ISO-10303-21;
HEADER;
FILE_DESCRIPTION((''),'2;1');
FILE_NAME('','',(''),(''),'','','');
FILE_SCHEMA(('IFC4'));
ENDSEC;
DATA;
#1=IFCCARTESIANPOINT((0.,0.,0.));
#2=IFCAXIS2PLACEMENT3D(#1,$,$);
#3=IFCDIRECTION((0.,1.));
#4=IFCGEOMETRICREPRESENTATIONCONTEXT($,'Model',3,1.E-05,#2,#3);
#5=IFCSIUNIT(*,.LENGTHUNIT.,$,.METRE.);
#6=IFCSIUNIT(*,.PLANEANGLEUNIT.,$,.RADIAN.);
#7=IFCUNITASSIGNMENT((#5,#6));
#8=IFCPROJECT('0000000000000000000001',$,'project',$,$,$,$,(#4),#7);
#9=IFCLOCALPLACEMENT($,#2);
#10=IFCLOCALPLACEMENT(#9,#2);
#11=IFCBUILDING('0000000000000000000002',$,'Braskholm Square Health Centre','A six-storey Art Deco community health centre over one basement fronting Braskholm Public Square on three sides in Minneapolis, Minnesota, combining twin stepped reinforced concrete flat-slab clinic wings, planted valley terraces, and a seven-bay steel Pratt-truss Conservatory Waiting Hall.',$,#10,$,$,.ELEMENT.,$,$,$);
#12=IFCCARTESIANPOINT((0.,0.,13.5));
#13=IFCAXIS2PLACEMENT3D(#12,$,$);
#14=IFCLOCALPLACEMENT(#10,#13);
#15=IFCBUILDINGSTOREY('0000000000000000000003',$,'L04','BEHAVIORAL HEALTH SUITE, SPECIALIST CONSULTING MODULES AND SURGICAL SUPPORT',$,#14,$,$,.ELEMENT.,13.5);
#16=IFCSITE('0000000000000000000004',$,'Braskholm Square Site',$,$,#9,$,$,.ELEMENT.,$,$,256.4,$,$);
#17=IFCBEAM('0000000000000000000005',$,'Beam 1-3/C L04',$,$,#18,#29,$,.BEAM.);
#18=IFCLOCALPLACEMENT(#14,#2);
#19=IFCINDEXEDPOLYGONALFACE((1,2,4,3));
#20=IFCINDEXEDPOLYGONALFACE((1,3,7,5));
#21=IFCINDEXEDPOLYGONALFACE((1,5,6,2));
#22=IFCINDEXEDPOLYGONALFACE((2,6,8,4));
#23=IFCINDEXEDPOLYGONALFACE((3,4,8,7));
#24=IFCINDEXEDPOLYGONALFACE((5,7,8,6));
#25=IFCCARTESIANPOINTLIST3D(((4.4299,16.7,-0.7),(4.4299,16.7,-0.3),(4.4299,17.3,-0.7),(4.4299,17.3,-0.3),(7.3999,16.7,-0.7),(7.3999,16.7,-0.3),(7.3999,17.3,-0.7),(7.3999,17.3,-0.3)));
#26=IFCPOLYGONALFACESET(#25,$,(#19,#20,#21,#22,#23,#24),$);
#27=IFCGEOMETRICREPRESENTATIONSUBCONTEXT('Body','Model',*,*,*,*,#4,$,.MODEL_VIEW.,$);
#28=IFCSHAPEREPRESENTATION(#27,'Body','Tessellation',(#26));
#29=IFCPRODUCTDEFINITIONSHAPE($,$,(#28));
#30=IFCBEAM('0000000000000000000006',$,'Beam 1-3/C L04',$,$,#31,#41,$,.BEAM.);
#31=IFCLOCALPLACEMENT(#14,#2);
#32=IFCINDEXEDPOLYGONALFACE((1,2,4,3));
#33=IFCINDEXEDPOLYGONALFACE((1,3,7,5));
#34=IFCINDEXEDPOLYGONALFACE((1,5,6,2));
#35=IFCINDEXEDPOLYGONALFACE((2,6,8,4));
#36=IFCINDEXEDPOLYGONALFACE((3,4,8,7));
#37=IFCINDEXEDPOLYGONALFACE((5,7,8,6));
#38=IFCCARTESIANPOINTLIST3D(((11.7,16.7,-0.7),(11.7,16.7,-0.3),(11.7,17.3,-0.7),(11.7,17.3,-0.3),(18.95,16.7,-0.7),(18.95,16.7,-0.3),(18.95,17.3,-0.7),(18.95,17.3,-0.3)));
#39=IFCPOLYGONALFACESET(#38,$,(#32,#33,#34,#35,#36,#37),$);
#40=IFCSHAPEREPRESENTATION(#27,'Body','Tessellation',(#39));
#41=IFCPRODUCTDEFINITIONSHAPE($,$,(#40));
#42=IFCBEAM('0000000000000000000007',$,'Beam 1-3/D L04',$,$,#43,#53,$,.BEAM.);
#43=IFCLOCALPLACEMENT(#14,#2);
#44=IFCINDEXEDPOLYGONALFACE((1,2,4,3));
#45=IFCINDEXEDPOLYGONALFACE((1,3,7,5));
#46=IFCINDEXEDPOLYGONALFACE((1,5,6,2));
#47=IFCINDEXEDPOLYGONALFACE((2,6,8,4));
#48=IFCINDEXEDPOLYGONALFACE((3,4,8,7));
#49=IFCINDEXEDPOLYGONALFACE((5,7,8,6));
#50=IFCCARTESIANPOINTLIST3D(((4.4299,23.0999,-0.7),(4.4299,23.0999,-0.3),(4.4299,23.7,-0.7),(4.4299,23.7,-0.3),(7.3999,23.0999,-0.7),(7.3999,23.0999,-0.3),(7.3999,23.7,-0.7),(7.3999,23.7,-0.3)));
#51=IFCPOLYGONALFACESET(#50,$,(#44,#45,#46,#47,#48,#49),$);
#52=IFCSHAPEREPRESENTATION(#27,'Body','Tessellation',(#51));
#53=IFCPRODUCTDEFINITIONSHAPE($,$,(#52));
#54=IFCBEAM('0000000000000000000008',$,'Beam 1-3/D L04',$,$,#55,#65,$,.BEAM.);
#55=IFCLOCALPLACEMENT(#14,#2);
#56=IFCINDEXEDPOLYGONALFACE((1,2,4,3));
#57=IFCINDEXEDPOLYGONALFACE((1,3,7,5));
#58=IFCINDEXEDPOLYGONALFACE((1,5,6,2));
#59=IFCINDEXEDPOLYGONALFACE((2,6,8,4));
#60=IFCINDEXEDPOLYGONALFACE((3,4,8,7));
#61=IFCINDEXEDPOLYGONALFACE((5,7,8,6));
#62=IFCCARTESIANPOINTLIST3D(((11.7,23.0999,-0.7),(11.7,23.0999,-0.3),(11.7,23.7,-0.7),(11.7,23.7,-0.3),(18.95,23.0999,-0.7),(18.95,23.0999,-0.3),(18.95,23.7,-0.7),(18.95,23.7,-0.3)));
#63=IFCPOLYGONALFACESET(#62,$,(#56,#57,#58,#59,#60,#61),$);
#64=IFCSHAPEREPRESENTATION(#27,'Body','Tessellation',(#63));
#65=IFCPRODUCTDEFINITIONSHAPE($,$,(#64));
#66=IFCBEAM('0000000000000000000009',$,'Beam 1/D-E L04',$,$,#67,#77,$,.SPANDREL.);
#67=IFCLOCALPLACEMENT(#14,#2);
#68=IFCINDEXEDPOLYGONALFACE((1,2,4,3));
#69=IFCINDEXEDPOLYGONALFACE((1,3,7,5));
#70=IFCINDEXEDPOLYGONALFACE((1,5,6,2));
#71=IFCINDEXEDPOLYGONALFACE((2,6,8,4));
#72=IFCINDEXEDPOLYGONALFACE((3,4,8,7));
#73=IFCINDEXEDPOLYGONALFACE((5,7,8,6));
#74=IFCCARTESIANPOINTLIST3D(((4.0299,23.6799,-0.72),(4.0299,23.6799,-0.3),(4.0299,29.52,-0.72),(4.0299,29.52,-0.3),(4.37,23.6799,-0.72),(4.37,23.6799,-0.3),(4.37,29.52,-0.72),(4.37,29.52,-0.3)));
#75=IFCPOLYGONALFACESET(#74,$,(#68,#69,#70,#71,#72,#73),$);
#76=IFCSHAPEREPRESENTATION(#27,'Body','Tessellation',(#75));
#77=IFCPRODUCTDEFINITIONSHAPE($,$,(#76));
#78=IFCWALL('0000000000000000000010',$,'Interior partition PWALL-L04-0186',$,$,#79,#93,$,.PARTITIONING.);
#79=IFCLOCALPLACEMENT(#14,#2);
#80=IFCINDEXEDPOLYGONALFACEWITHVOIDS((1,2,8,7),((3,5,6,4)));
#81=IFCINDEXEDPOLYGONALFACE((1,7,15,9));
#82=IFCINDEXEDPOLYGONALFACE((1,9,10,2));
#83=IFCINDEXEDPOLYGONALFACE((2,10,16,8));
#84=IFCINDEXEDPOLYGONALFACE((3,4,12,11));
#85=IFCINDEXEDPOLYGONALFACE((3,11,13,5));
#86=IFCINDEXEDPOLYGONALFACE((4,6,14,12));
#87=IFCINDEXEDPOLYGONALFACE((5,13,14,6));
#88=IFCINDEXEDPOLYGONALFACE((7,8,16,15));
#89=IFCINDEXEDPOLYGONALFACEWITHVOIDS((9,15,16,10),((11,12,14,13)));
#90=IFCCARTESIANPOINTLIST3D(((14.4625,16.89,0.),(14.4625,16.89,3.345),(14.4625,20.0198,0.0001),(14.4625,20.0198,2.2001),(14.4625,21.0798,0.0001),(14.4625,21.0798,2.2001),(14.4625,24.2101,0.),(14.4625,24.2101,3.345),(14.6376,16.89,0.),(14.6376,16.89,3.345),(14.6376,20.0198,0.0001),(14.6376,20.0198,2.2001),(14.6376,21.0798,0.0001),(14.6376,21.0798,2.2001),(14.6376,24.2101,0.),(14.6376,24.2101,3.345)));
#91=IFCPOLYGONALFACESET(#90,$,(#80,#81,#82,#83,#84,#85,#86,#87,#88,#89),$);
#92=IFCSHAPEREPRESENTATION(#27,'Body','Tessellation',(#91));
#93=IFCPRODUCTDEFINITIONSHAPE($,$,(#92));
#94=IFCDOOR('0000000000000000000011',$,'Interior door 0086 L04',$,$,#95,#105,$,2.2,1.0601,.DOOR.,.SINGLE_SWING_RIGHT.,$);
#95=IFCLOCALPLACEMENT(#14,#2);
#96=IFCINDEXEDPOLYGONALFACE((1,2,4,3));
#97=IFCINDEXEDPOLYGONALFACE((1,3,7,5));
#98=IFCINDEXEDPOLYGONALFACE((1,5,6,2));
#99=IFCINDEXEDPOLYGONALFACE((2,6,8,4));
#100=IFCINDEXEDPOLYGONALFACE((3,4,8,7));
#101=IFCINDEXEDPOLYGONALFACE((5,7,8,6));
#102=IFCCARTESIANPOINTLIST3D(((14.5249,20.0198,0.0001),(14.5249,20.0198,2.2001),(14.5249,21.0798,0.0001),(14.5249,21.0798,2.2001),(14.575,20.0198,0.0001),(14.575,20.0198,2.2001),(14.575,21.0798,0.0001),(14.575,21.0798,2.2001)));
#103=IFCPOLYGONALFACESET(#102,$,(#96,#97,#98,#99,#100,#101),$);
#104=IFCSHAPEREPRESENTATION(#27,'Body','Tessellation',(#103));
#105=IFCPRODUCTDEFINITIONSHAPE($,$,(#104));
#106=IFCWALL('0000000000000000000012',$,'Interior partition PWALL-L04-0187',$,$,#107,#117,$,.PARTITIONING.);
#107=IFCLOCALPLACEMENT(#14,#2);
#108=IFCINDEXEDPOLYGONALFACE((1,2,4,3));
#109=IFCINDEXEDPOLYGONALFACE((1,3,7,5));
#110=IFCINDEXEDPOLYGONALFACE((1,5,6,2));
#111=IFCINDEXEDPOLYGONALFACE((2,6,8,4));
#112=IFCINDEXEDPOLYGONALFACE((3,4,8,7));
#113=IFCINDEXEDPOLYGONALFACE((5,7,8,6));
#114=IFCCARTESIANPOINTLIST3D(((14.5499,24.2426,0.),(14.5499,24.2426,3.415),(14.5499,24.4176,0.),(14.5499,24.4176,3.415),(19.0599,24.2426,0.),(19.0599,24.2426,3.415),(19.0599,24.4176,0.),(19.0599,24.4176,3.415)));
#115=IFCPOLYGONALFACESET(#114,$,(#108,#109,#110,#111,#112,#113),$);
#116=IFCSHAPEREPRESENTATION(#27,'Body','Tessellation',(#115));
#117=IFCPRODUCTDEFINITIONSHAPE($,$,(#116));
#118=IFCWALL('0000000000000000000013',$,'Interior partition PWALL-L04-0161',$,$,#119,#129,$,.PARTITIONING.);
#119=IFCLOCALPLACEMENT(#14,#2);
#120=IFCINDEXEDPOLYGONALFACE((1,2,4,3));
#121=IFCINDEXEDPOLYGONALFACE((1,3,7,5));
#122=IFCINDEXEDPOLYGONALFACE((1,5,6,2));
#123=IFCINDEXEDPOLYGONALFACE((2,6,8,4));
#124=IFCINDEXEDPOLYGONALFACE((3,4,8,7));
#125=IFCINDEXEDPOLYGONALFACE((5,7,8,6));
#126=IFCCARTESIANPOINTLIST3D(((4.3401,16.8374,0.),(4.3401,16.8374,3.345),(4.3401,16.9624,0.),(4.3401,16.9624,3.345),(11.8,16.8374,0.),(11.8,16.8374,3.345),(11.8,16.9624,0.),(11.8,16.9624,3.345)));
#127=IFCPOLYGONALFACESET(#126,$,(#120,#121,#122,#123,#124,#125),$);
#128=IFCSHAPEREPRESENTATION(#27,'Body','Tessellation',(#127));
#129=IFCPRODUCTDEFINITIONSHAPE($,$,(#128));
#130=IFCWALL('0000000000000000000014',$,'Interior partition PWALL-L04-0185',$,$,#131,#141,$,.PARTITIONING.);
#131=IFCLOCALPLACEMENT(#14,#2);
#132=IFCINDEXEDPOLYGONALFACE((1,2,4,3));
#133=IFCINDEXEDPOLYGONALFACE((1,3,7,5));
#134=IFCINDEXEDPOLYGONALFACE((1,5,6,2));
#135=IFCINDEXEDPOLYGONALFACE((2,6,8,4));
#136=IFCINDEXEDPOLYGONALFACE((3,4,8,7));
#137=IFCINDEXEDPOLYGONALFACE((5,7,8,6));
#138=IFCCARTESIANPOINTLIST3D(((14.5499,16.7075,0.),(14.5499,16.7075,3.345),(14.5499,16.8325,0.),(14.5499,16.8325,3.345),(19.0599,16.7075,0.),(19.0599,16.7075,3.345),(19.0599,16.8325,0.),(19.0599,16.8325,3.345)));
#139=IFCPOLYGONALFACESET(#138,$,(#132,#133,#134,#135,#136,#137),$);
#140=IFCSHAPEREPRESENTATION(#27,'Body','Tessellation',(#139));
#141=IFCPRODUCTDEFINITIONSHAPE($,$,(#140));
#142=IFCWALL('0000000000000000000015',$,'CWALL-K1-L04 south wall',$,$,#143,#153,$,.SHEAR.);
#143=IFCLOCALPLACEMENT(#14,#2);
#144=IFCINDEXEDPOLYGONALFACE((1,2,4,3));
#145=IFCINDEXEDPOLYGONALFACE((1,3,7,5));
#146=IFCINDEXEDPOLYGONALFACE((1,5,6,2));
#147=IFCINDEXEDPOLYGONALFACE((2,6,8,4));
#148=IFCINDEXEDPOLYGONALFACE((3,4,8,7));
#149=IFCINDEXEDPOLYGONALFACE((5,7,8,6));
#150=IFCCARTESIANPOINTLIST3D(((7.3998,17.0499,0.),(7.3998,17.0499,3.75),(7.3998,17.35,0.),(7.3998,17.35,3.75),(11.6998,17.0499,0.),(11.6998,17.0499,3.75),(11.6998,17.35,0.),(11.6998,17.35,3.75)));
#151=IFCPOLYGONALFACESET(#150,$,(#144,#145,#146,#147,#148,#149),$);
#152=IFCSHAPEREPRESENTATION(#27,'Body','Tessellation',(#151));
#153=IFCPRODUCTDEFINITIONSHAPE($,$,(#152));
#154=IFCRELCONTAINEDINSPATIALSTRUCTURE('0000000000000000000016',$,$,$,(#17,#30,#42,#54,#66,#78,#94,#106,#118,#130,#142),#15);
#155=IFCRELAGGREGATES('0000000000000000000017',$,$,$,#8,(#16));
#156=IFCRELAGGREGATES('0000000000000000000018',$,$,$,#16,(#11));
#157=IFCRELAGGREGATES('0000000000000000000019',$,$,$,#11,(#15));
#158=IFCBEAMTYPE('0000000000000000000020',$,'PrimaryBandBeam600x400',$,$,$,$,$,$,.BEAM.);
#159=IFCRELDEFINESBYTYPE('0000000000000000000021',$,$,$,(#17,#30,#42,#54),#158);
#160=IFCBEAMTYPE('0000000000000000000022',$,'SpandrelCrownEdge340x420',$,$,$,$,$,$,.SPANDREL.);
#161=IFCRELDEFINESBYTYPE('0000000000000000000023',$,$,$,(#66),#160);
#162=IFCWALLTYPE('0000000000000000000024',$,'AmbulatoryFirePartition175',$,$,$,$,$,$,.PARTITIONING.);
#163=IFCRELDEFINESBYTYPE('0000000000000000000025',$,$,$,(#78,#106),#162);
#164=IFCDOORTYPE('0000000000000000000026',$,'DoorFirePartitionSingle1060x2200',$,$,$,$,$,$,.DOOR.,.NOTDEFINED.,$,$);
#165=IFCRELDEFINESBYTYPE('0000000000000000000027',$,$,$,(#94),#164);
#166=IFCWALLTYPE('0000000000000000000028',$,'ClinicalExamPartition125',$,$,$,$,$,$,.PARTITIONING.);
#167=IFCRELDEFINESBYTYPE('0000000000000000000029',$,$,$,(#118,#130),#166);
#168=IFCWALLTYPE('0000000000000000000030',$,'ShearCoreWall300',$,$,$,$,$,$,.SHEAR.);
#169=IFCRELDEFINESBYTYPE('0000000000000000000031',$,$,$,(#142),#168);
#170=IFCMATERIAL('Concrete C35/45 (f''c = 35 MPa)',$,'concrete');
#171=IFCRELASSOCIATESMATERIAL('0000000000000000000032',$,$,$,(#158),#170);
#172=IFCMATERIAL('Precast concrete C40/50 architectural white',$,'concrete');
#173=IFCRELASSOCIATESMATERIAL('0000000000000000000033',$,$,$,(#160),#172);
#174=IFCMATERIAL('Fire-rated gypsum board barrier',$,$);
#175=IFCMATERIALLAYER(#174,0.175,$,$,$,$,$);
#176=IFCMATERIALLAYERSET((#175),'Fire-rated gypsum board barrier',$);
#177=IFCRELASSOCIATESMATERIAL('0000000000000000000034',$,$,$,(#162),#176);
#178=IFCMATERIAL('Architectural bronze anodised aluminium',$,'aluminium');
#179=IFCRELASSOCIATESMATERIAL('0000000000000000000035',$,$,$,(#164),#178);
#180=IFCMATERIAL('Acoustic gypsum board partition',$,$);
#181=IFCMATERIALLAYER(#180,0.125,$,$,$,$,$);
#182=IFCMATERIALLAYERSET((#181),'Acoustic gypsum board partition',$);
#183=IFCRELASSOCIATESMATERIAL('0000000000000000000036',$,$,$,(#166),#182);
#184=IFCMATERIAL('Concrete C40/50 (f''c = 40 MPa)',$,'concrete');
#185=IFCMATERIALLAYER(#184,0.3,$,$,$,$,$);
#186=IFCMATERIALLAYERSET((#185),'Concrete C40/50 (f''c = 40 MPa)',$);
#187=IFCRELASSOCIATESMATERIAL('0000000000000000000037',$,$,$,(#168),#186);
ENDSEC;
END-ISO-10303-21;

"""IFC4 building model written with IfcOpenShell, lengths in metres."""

from ifc_helpers import new_model, si_unit, direction, frame, frame_2d, origin, origin_2d, place, context, subcontext, project, spatial, rectangle, extrude, material, layer, layer_set, material_profile, profile_set, type_object, element, fill, save


model = new_model("IFC4")

# Units and contexts
model_context = context("Model", 3, precision=1e-05, world=origin(), true_north=direction((0.0, 1.0)))
body_context = subcontext(model_context, "Body", "Model", "MODEL_VIEW")
ifc_project = project(units=[si_unit("LENGTHUNIT", "METRE"), si_unit("PLANEANGLEUNIT", "RADIAN")], contexts=[model_context])

# Site, building, storey
site_placement = place(None, origin())
site = spatial("IfcSite", under=ifc_project, at=site_placement, Name="Braskholm Square Site", CompositionType="ELEMENT", RefElevation=256.4)
building_placement = place(site_placement, origin())
building = spatial("IfcBuilding", under=site, at=building_placement, Name="Braskholm Square Health Centre", Description="A six-storey Art Deco community health centre over one basement fronting Braskholm Public Square on three sides in Minneapolis, Minnesota, combining twin stepped reinforced concrete flat-slab clinic wings, planted valley terraces, and a seven-bay steel Pratt-truss Conservatory Waiting Hall.", CompositionType="ELEMENT")
storey_placement = place(building_placement, frame((0.0, 0.0, 13.5)))
storey = spatial("IfcBuildingStorey", under=building, at=storey_placement, Name="L04", Description="BEHAVIORAL HEALTH SUITE, SPECIALIST CONSULTING MODULES AND SURGICAL SUPPORT", CompositionType="ELEMENT", Elevation=13.5)

# Beams
ifc_material_1 = material(Name="Concrete C35/45 (f'c = 35 MPa)", Category="concrete")
ifc_material_profile_1 = material_profile(ifc_material_1, rectangle(XDim=0.6001, YDim=0.3999, at=origin_2d()), Name="RCB-600X400")
ifc_profile_set_1 = profile_set([ifc_material_profile_1], Name="Concrete C35/45 (f'c = 35 MPa)")
beam_type_1 = type_object("IfcBeamType", Name="PrimaryBandBeam600x400", PredefinedType="BEAM", material=ifc_profile_set_1)
beam_1_placement = place(storey_placement, frame((4.4299, 17.0, -0.5), z_axis=(1.0, 0.0, 0.0), x_axis=(0.0, 1.0, 0.0)))
element("IfcBeam", 1, at=beam_1_placement, inside=storey, type_object=beam_type_1, Name="Beam 1-3/C L04", PredefinedType="BEAM", context=body_context, shape_type="SweptSolid", body=[
    extrude(rectangle(XDim=0.6001, YDim=0.3999, at=origin_2d()), origin(), (0.0, 0.0, 1.0), 2.97),
])
beam_2_placement = place(storey_placement, frame((11.7, 17.0, -0.5), z_axis=(1.0, 0.0, 0.0), x_axis=(0.0, 1.0, 0.0)))
element("IfcBeam", 2, at=beam_2_placement, inside=storey, type_object=beam_type_1, Name="Beam 1-3/C L04", PredefinedType="BEAM", context=body_context, shape_type="SweptSolid", body=[
    extrude(rectangle(XDim=0.6001, YDim=0.3999, at=origin_2d()), origin(), (0.0, 0.0, 1.0), 7.25),
])
beam_3_placement = place(storey_placement, frame((4.4299, 23.3999, -0.5), z_axis=(1.0, 0.0, 0.0), x_axis=(0.0, 1.0, 0.0)))
element("IfcBeam", 3, at=beam_3_placement, inside=storey, type_object=beam_type_1, Name="Beam 1-3/D L04", PredefinedType="BEAM", context=body_context, shape_type="SweptSolid", body=[
    extrude(rectangle(XDim=0.6001, YDim=0.3999, at=origin_2d()), origin(), (0.0, 0.0, 1.0), 2.97),
])
beam_4_placement = place(storey_placement, frame((11.7, 23.3999, -0.5), z_axis=(1.0, 0.0, 0.0), x_axis=(0.0, 1.0, 0.0)))
element("IfcBeam", 4, at=beam_4_placement, inside=storey, type_object=beam_type_1, Name="Beam 1-3/D L04", PredefinedType="BEAM", context=body_context, shape_type="SweptSolid", body=[
    extrude(rectangle(XDim=0.6001, YDim=0.3999, at=origin_2d()), origin(), (0.0, 0.0, 1.0), 7.25),
])
ifc_material_2 = material(Name="Precast concrete C40/50 architectural white", Category="concrete")
ifc_material_profile_2 = material_profile(ifc_material_2, rectangle(XDim=0.3401, YDim=0.4199, at=origin_2d()), Name="RCB-340X420")
ifc_profile_set_2 = profile_set([ifc_material_profile_2], Name="Precast concrete C40/50 architectural white")
beam_type_2 = type_object("IfcBeamType", Name="SpandrelCrownEdge340x420", PredefinedType="SPANDREL", material=ifc_profile_set_2)
beam_5_placement = place(storey_placement, frame((4.2, 23.6799, -0.51), z_axis=(0.0, 1.0, 0.0), x_axis=(-1.0, 0.0, 0.0)))
element("IfcBeam", 5, at=beam_5_placement, inside=storey, type_object=beam_type_2, Name="Beam 1/D-E L04", PredefinedType="SPANDREL", context=body_context, shape_type="SweptSolid", body=[
    extrude(rectangle(XDim=0.3401, YDim=0.4199, at=origin_2d()), origin(), (0.0, 0.0, 1.0), 5.8401),
])

# Wall, opening, door
ifc_material_3 = material(Name="Fire-rated gypsum board barrier")
ifc_layer_1 = layer(ifc_material_3, 0.175)
ifc_layer_set_1 = layer_set([ifc_layer_1], Name="Fire-rated gypsum board barrier")
wall_type_1 = type_object("IfcWallType", Name="AmbulatoryFirePartition175", PredefinedType="PARTITIONING", material=ifc_layer_set_1)
wall_1_placement = place(storey_placement, frame((14.55, 16.8899, 0.0), z_axis=(0.0, 0.0, 1.0), x_axis=(0.0, 1.0, 0.0)))
wall_1 = element("IfcWall", 6, at=wall_1_placement, inside=storey, type_object=wall_type_1, Name="Interior partition PWALL-L04-0186", PredefinedType="PARTITIONING", context=body_context, shape_type="SweptSolid", body=[
    extrude(rectangle(XDim=7.3201, YDim=0.175, at=frame_2d((3.6602, 0.0))), origin(), (0.0, 0.0, 1.0), 3.345),
])
opening_1_placement = place(wall_1_placement, frame((3.1299, 0.0, 0.0)))
opening_1 = element("IfcOpeningElement", 7, at=opening_1_placement, cuts=wall_1, PredefinedType="OPENING", context=body_context, shape_type="SweptSolid", body=[
    extrude(rectangle(XDim=1.0601, YDim=2.2, at=frame_2d((0.53, 1.1001))), frame((0.0, 0.0977, 0.0), z_axis=(0.0, -1.0, 0.0), x_axis=(1.0, 0.0, 0.0)), (0.0, 0.0, 1.0), 0.1951),
])
ifc_material_4 = material(Name="Architectural bronze anodised aluminium", Category="aluminium")
door_type_1 = type_object("IfcDoorType", Name="DoorFirePartitionSingle1060x2200", OperationType="NOTDEFINED", PredefinedType="DOOR", material=ifc_material_4)
door_1_placement = place(opening_1_placement, frame((1.0601, 0.0, 0.0), z_axis=(0.0, 0.0, 1.0), x_axis=(-1.0, 0.0, 0.0)))
door_1 = element("IfcDoor", 8, at=door_1_placement, inside=storey, type_object=door_type_1, Name="Interior door 0086 L04", OperationType="SINGLE_SWING_RIGHT", OverallHeight=2.2, OverallWidth=1.0601, PredefinedType="DOOR", context=body_context, shape_type="SweptSolid", body=[
    extrude(rectangle(XDim=1.0601, YDim=2.2, at=frame_2d((0.53, 1.1001))), frame((0.0, 0.0249, 0.0), z_axis=(0.0, -1.0, 0.0), x_axis=(1.0, 0.0, 0.0)), (0.0, 0.0, 1.0), 0.05),
])
fill(opening_1, door_1)

# Walls
wall_2_placement = place(storey_placement, frame((14.55, 24.3301, 0.0), z_axis=(0.0, 0.0, 1.0), x_axis=(1.0, 0.0, 0.0)))
element("IfcWall", 9, at=wall_2_placement, inside=storey, type_object=wall_type_1, Name="Interior partition PWALL-L04-0187", PredefinedType="PARTITIONING", context=body_context, shape_type="SweptSolid", body=[
    extrude(rectangle(XDim=4.51, YDim=0.175, at=frame_2d((2.2549, 0.0))), origin(), (0.0, 0.0, 1.0), 3.415),
])
ifc_material_5 = material(Name="Acoustic gypsum board partition")
ifc_layer_2 = layer(ifc_material_5, 0.125)
ifc_layer_set_2 = layer_set([ifc_layer_2], Name="Acoustic gypsum board partition")
wall_type_2 = type_object("IfcWallType", Name="ClinicalExamPartition125", PredefinedType="PARTITIONING", material=ifc_layer_set_2)
wall_3_placement = place(storey_placement, frame((4.3401, 16.8999, 0.0), z_axis=(0.0, 0.0, 1.0), x_axis=(1.0, 0.0, 0.0)))
element("IfcWall", 10, at=wall_3_placement, inside=storey, type_object=wall_type_2, Name="Interior partition PWALL-L04-0161", PredefinedType="PARTITIONING", context=body_context, shape_type="SweptSolid", body=[
    extrude(rectangle(XDim=7.46, YDim=0.125, at=frame_2d((3.73, 0.0))), origin(), (0.0, 0.0, 1.0), 3.345),
])
wall_4_placement = place(storey_placement, frame((14.55, 16.77, 0.0), z_axis=(0.0, 0.0, 1.0), x_axis=(1.0, 0.0, 0.0)))
element("IfcWall", 11, at=wall_4_placement, inside=storey, type_object=wall_type_2, Name="Interior partition PWALL-L04-0185", PredefinedType="PARTITIONING", context=body_context, shape_type="SweptSolid", body=[
    extrude(rectangle(XDim=4.51, YDim=0.125, at=frame_2d((2.2549, 0.0))), origin(), (0.0, 0.0, 1.0), 3.345),
])
ifc_material_6 = material(Name="Concrete C40/50 (f'c = 40 MPa)", Category="concrete")
ifc_layer_3 = layer(ifc_material_6, 0.3)
ifc_layer_set_3 = layer_set([ifc_layer_3], Name="Concrete C40/50 (f'c = 40 MPa)")
wall_type_3 = type_object("IfcWallType", Name="ShearCoreWall300", PredefinedType="SHEAR", material=ifc_layer_set_3)
wall_5_placement = place(storey_placement, frame((7.3999, 17.2, 0.0), z_axis=(0.0, 0.0, 1.0), x_axis=(1.0, 0.0, 0.0)))
element("IfcWall", 12, at=wall_5_placement, inside=storey, type_object=wall_type_3, Name="CWALL-K1-L04 south wall", PredefinedType="SHEAR", context=body_context, shape_type="SweptSolid", body=[
    extrude(rectangle(XDim=4.3, YDim=0.3, at=frame_2d((2.1499, 0.0))), origin(), (0.0, 0.0, 1.0), 3.75),
])

save(model, "model.ifc")
